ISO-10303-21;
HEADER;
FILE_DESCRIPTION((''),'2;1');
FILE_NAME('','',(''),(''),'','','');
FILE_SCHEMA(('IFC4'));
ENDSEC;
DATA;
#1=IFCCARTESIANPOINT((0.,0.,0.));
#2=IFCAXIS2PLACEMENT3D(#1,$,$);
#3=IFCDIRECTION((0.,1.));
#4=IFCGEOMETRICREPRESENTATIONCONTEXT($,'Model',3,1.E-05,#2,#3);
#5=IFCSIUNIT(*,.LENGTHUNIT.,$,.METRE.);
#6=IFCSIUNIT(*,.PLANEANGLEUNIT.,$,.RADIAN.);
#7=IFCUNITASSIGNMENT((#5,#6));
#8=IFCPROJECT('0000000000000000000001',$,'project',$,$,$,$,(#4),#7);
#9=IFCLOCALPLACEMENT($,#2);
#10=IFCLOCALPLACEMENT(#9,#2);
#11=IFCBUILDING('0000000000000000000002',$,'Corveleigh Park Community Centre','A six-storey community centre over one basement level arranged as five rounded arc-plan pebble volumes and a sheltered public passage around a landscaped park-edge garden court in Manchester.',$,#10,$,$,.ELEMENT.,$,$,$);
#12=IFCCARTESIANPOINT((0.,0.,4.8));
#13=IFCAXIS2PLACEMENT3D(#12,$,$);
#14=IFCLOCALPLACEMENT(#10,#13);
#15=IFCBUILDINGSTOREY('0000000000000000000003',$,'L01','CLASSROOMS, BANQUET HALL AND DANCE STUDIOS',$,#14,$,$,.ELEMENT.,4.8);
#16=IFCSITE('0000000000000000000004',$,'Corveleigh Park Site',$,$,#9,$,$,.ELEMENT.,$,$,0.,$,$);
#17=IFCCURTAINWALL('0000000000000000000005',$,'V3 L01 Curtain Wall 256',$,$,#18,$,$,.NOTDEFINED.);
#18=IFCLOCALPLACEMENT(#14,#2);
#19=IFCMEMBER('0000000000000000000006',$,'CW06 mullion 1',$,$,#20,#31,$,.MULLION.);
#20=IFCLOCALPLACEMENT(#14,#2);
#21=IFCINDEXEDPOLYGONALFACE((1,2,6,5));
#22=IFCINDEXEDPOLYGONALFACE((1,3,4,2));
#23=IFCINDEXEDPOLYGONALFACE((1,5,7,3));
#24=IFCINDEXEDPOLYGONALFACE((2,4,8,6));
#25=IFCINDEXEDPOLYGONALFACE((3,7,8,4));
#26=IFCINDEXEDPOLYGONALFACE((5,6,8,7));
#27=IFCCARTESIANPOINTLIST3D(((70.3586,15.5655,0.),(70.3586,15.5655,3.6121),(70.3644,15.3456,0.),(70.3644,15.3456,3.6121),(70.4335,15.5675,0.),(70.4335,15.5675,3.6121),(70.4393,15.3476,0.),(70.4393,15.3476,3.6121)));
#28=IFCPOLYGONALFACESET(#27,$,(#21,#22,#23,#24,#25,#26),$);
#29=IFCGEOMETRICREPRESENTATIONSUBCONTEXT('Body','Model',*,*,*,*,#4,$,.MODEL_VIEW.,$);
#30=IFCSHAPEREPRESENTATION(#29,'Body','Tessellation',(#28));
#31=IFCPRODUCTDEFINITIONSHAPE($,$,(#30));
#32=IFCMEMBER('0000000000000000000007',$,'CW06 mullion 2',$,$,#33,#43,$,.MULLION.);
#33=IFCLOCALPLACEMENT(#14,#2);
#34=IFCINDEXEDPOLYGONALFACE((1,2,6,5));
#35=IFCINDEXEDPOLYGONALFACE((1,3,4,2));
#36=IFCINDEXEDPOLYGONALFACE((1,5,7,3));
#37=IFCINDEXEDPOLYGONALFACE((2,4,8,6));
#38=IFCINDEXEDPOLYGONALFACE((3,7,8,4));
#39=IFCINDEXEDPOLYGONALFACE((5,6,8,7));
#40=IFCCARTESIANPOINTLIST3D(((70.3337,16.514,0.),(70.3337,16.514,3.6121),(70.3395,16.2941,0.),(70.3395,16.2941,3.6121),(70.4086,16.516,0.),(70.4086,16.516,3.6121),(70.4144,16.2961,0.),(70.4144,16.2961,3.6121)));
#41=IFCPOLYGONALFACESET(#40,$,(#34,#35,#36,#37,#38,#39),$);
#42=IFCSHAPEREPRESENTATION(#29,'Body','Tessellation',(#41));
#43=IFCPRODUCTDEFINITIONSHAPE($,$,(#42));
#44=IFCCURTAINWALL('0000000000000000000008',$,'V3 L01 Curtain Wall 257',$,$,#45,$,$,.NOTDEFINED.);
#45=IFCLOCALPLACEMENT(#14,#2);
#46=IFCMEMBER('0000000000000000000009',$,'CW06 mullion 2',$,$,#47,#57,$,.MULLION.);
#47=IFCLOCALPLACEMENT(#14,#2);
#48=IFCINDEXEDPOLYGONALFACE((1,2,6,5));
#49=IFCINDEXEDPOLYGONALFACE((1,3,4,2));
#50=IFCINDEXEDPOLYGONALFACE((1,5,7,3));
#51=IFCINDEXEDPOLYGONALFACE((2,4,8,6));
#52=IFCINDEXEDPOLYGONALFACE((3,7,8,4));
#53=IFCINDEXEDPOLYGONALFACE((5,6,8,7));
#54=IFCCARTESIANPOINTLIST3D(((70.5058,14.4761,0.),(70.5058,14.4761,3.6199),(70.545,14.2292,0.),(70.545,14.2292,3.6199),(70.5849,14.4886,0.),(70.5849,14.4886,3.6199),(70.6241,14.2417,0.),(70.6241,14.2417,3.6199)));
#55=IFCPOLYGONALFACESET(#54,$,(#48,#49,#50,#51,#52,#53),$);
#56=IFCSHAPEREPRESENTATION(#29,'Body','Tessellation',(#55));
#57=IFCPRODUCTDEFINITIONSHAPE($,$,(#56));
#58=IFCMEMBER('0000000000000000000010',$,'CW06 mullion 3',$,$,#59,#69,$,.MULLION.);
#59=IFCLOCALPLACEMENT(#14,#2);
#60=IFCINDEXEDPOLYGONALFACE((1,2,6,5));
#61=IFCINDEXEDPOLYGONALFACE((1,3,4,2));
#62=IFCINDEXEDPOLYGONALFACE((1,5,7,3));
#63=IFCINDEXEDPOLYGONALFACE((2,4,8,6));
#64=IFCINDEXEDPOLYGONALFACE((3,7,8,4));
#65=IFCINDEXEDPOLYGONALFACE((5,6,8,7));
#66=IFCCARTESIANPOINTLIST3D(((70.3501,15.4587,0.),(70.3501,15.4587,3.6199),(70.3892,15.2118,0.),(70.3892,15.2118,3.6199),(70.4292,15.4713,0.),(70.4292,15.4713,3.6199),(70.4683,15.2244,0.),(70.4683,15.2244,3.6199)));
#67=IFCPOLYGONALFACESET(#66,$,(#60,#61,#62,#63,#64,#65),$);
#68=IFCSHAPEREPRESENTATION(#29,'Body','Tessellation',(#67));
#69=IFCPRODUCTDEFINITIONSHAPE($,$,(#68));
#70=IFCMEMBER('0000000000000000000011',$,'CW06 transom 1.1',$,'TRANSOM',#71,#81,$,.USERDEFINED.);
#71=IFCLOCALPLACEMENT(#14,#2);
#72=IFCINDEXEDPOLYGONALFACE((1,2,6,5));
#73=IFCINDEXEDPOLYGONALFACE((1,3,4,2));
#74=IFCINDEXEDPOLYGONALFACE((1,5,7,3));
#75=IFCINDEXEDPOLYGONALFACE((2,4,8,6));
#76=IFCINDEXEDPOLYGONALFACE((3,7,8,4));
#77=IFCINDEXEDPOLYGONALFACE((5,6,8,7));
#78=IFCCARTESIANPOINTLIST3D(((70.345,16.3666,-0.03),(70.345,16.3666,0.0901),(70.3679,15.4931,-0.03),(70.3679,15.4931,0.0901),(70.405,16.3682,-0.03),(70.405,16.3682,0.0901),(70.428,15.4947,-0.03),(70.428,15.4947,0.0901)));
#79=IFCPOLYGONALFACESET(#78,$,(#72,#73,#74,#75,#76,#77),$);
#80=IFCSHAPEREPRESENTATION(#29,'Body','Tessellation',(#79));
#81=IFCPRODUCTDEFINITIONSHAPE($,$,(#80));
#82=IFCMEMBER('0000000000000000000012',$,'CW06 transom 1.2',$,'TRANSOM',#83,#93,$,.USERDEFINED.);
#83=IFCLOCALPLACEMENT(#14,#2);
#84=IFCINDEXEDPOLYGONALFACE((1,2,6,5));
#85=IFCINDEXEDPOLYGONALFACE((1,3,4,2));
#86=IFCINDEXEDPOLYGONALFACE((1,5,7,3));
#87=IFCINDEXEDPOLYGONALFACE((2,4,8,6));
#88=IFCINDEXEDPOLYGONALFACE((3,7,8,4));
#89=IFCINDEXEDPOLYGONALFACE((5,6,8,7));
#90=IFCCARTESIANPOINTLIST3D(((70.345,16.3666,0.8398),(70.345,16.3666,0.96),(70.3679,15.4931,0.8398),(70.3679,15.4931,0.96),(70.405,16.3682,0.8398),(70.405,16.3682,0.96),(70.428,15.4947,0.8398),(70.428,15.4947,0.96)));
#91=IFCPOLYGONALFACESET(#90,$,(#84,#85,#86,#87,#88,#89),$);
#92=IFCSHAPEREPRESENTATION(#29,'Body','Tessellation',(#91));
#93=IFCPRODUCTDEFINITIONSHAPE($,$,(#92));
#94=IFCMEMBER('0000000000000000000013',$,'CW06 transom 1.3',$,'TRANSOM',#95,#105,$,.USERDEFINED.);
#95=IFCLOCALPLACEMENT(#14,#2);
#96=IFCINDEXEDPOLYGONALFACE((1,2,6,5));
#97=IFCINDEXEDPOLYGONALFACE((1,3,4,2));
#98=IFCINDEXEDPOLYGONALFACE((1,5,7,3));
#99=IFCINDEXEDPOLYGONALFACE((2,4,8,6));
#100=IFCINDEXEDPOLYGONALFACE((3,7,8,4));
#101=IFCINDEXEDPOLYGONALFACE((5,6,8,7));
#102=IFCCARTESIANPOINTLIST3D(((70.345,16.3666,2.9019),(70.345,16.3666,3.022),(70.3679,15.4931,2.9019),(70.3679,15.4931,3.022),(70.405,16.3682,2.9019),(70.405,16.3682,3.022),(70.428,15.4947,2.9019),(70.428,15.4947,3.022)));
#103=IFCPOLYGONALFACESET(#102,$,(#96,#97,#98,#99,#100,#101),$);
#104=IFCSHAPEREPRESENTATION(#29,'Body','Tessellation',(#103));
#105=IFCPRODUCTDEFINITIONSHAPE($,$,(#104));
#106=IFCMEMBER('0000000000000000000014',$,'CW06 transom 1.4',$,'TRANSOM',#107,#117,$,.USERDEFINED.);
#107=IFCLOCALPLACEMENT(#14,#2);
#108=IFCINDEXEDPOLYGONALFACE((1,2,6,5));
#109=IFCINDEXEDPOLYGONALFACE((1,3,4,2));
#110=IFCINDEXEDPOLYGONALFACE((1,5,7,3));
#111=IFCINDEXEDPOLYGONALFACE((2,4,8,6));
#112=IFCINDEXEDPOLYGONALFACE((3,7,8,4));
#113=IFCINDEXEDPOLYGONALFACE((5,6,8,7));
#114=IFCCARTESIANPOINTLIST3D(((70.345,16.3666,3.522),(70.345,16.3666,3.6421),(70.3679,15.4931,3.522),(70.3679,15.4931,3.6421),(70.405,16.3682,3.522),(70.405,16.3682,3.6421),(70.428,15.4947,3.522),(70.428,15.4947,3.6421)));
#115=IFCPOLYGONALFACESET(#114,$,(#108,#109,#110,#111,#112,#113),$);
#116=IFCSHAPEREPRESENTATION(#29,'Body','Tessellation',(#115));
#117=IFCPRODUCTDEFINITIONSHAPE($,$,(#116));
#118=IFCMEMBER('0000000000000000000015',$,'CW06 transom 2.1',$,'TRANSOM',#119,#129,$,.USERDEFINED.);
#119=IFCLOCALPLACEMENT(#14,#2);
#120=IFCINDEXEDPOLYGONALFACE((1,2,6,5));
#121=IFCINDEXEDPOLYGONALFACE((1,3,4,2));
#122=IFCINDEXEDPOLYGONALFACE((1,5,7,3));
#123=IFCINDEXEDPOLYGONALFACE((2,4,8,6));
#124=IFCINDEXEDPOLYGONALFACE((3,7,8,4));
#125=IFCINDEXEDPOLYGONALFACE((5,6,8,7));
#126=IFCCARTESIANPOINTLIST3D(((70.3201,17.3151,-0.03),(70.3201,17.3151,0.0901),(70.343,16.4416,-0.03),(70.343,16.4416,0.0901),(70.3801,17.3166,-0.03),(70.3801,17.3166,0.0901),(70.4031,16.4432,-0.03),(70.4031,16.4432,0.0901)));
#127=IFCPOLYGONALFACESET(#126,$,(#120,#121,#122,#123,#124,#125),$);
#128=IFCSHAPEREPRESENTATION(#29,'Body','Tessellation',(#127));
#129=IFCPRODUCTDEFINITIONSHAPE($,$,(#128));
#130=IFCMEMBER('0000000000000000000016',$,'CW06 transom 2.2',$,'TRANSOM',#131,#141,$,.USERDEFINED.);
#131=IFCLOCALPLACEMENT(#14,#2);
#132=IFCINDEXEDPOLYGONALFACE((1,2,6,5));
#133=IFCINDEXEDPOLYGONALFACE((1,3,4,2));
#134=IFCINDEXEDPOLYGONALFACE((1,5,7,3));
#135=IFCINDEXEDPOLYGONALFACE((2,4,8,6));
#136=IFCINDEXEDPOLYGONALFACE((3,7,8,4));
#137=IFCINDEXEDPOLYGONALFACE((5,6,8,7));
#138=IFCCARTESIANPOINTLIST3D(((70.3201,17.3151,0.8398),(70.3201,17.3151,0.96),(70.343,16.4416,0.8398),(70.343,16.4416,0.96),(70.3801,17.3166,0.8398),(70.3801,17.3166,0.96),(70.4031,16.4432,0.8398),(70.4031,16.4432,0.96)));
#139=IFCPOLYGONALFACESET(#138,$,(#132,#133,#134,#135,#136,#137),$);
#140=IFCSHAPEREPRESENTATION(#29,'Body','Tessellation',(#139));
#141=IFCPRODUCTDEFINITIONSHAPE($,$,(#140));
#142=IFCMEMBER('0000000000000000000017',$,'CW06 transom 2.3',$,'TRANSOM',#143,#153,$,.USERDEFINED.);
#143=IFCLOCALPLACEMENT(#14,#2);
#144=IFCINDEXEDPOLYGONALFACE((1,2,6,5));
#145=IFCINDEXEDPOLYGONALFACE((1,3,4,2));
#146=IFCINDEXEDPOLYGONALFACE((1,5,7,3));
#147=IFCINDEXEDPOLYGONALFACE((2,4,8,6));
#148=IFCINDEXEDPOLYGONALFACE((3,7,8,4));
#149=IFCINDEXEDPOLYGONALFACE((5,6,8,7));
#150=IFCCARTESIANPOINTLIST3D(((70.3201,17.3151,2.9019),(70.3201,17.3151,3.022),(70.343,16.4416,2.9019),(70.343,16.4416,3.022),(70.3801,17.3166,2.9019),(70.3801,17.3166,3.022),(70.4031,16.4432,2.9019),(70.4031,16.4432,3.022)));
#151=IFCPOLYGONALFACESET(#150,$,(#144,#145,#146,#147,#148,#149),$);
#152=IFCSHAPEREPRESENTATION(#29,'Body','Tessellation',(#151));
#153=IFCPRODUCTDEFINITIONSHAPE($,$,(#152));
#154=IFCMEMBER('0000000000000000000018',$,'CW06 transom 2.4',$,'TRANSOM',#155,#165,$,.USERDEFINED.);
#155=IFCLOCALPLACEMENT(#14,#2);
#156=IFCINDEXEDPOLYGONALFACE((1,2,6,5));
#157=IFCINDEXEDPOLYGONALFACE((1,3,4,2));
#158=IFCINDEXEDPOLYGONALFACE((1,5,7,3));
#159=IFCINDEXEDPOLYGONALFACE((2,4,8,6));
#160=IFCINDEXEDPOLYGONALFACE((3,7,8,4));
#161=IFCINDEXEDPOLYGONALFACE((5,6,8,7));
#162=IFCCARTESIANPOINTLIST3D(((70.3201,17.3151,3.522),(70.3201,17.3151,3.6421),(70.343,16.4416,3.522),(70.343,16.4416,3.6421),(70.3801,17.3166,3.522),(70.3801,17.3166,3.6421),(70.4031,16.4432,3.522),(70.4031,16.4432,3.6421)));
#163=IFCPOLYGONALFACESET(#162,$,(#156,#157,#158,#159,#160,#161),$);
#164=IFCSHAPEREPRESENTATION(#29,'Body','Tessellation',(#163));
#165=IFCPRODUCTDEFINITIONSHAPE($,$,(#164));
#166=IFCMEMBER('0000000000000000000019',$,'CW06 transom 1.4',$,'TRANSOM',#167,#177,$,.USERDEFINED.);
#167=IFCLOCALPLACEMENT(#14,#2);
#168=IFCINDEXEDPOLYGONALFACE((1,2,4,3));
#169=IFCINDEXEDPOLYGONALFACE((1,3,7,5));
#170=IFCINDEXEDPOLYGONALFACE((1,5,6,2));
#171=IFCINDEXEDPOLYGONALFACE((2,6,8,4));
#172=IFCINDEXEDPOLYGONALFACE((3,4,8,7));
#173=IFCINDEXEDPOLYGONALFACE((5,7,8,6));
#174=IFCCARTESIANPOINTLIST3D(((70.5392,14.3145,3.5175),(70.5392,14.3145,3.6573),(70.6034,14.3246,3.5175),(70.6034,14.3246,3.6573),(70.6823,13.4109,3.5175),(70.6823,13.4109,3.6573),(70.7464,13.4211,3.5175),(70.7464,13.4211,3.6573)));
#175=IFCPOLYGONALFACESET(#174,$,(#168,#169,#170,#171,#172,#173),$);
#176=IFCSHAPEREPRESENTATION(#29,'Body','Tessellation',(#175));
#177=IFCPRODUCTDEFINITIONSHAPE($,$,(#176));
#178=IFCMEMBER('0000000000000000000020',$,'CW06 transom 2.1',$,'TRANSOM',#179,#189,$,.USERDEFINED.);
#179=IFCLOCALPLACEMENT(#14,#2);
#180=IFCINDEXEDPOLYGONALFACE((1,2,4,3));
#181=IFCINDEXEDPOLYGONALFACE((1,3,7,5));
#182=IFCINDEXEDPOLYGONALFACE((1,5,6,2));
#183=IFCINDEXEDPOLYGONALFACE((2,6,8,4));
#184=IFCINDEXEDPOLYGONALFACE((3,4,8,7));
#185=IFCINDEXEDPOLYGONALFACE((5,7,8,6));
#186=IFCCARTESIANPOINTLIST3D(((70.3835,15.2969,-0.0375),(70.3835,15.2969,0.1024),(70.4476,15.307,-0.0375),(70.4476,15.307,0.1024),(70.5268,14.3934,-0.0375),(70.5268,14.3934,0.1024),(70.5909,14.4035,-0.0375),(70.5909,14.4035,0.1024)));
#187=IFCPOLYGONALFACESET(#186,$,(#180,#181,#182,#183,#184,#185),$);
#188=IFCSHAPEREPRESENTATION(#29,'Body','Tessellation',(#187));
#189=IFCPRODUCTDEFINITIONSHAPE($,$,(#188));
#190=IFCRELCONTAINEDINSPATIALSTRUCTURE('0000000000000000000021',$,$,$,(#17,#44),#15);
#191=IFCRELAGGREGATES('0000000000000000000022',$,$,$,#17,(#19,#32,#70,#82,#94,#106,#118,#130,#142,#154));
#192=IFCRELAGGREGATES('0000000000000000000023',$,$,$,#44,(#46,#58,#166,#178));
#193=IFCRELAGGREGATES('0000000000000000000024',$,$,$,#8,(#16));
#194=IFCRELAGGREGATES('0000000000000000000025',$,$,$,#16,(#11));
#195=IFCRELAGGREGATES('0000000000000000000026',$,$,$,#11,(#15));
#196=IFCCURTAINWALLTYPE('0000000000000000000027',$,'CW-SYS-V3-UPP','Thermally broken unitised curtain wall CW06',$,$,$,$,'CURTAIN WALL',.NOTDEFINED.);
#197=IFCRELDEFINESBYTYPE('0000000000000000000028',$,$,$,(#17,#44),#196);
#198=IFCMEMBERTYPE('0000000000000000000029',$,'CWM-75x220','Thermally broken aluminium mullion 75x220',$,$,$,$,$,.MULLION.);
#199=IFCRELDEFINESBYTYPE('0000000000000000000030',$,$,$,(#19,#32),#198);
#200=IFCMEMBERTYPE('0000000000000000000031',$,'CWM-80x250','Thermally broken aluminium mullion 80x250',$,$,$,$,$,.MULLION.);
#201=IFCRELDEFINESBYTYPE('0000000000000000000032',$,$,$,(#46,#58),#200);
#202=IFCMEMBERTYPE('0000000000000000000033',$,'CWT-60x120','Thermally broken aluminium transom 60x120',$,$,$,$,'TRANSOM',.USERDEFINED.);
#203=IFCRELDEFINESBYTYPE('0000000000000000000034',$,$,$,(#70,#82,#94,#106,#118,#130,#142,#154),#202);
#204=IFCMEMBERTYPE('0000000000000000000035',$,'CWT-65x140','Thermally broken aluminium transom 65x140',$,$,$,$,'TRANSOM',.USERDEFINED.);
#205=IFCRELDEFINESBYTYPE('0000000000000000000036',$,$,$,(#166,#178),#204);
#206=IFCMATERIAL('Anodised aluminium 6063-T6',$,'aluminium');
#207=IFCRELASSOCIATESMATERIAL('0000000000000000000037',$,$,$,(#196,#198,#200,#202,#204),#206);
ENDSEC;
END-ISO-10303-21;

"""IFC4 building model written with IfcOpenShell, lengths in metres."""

from ifc_helpers import new_model, si_unit, direction, frame, origin, origin_2d, place, context, subcontext, project, spatial, rectangle, extrude, material, material_profile, profile_set, type_object, element, aggregate, save


model = new_model("IFC4")

# Units and contexts
model_context = context("Model", 3, precision=1e-05, world=origin(), true_north=direction((0.0, 1.0)))
body_context = subcontext(model_context, "Body", "Model", "MODEL_VIEW")
ifc_project = project(units=[si_unit("LENGTHUNIT", "METRE"), si_unit("PLANEANGLEUNIT", "RADIAN")], contexts=[model_context])

# Site, building, storey
site_placement = place(None, origin())
site = spatial("IfcSite", under=ifc_project, at=site_placement, Name="Corveleigh Park Site", CompositionType="ELEMENT", RefElevation=0.0)
building_placement = place(site_placement, origin())
building = spatial("IfcBuilding", under=site, at=building_placement, Name="Corveleigh Park Community Centre", Description="A six-storey community centre over one basement level arranged as five rounded arc-plan pebble volumes and a sheltered public passage around a landscaped park-edge garden court in Manchester.", CompositionType="ELEMENT")
storey_placement = place(building_placement, frame((0.0, 0.0, 4.8)))
storey = spatial("IfcBuildingStorey", under=building, at=storey_placement, Name="L01", Description="CLASSROOMS, BANQUET HALL AND DANCE STUDIOS", CompositionType="ELEMENT", Elevation=4.8)

# Curtain walls, members
ifc_material_1 = material(Name="Anodised aluminium 6063-T6", Category="aluminium")
curtain_wall_type = type_object("IfcCurtainWallType", Name="CW-SYS-V3-UPP", Description="Thermally broken unitised curtain wall CW06", ElementType="CURTAIN WALL", PredefinedType="NOTDEFINED", material=ifc_material_1)
curtain_wall_1_placement = place(storey_placement, origin())
curtain_wall_1 = element("IfcCurtainWall", 1, at=curtain_wall_1_placement, inside=storey, type_object=curtain_wall_type, Name="V3 L01 Curtain Wall 256", PredefinedType="NOTDEFINED")
ifc_material_profile_1 = material_profile(ifc_material_1, rectangle(XDim=0.075, YDim=0.22, at=origin_2d()), Name="ALU-M75x220", Category="aluminium")
ifc_profile_set_1 = profile_set([ifc_material_profile_1], Name="Anodised aluminium 6063-T6")
member_type_1 = type_object("IfcMemberType", Name="CWM-75x220", Description="Thermally broken aluminium mullion 75x220", PredefinedType="MULLION", material=ifc_profile_set_1)
member_1_placement = place(storey_placement, frame((70.3989, 15.4565, 0.0), z_axis=(0.0, 0.0, 1.0), x_axis=(-0.999653, -0.02636, 0.0)))
member_1 = element("IfcMember", 2, at=member_1_placement, type_object=member_type_1, Name="CW06 mullion 1", PredefinedType="MULLION", context=body_context, shape_type="SweptSolid", body=[
    extrude(rectangle(XDim=0.075, YDim=0.22, at=origin_2d()), origin(), (0.0, 0.0, 1.0), 3.6121),
])
member_2_placement = place(storey_placement, frame((70.374, 16.405, 0.0), z_axis=(0.0, 0.0, 1.0), x_axis=(-0.999653, -0.02636, 0.0)))
member_2 = element("IfcMember", 3, at=member_2_placement, type_object=member_type_1, Name="CW06 mullion 2", PredefinedType="MULLION", context=body_context, shape_type="SweptSolid", body=[
    extrude(rectangle(XDim=0.075, YDim=0.22, at=origin_2d()), origin(), (0.0, 0.0, 1.0), 3.6121),
])
curtain_wall_2_placement = place(storey_placement, origin())
curtain_wall_2 = element("IfcCurtainWall", 4, at=curtain_wall_2_placement, inside=storey, type_object=curtain_wall_type, Name="V3 L01 Curtain Wall 257", PredefinedType="NOTDEFINED")
ifc_material_profile_2 = material_profile(ifc_material_1, rectangle(XDim=0.0801, YDim=0.25, at=origin_2d()), Name="ALU-M80x250", Category="aluminium")
ifc_profile_set_2 = profile_set([ifc_material_profile_2], Name="Anodised aluminium 6063-T6")
member_type_2 = type_object("IfcMemberType", Name="CWM-80x250", Description="Thermally broken aluminium mullion 80x250", PredefinedType="MULLION", material=ifc_profile_set_2)
member_3_placement = place(storey_placement, frame((70.5649, 14.3589, 0.0), z_axis=(0.0, 0.0, 1.0), x_axis=(-0.987669, -0.156558, 0.0)))
member_3 = element("IfcMember", 5, at=member_3_placement, type_object=member_type_2, Name="CW06 mullion 2", PredefinedType="MULLION", context=body_context, shape_type="SweptSolid", body=[
    extrude(rectangle(XDim=0.0801, YDim=0.25, at=origin_2d()), origin(), (0.0, 0.0, 1.0), 3.6199),
])
member_4_placement = place(storey_placement, frame((70.4092, 15.3416, 0.0), z_axis=(0.0, 0.0, 1.0), x_axis=(-0.987669, -0.156558, 0.0)))
member_4 = element("IfcMember", 6, at=member_4_placement, type_object=member_type_2, Name="CW06 mullion 3", PredefinedType="MULLION", context=body_context, shape_type="SweptSolid", body=[
    extrude(rectangle(XDim=0.0801, YDim=0.25, at=origin_2d()), origin(), (0.0, 0.0, 1.0), 3.6199),
])

# Members
ifc_material_profile_3 = material_profile(ifc_material_1, rectangle(XDim=0.0601, YDim=0.1201, at=origin_2d()), Name="ALU-T60x120", Category="aluminium")
ifc_profile_set_3 = profile_set([ifc_material_profile_3], Name="Anodised aluminium 6063-T6")
member_type_3 = type_object("IfcMemberType", Name="CWT-60x120", Description="Thermally broken aluminium transom 60x120", ElementType="TRANSOM", PredefinedType="USERDEFINED", material=ifc_profile_set_3)
member_5_placement = place(storey_placement, frame((70.3979, 15.4939, 0.03), z_axis=(-0.026263, 0.999655, 0.0), x_axis=(-0.999655, -0.026263, 0.0)))
member_5 = element("IfcMember", 7, at=member_5_placement, type_object=member_type_3, Name="CW06 transom 1.1", ObjectType="TRANSOM", PredefinedType="USERDEFINED", context=body_context, shape_type="SweptSolid", body=[
    extrude(rectangle(XDim=0.0601, YDim=0.1201, at=origin_2d()), origin(), (0.0, 0.0, 1.0), 0.8738),
])
member_6_placement = place(storey_placement, frame((70.3979, 15.4939, 0.8999), z_axis=(-0.026263, 0.999655, 0.0), x_axis=(-0.999655, -0.026263, 0.0)))
member_6 = element("IfcMember", 8, at=member_6_placement, type_object=member_type_3, Name="CW06 transom 1.2", ObjectType="TRANSOM", PredefinedType="USERDEFINED", context=body_context, shape_type="SweptSolid", body=[
    extrude(rectangle(XDim=0.0601, YDim=0.1201, at=origin_2d()), origin(), (0.0, 0.0, 1.0), 0.8738),
])
member_7_placement = place(storey_placement, frame((70.3979, 15.4939, 2.9619), z_axis=(-0.026263, 0.999655, 0.0), x_axis=(-0.999655, -0.026263, 0.0)))
member_7 = element("IfcMember", 9, at=member_7_placement, type_object=member_type_3, Name="CW06 transom 1.3", ObjectType="TRANSOM", PredefinedType="USERDEFINED", context=body_context, shape_type="SweptSolid", body=[
    extrude(rectangle(XDim=0.0601, YDim=0.1201, at=origin_2d()), origin(), (0.0, 0.0, 1.0), 0.8738),
])
member_8_placement = place(storey_placement, frame((70.3979, 15.4939, 3.582), z_axis=(-0.026263, 0.999655, 0.0), x_axis=(-0.999655, -0.026263, 0.0)))
member_8 = element("IfcMember", 10, at=member_8_placement, type_object=member_type_3, Name="CW06 transom 1.4", ObjectType="TRANSOM", PredefinedType="USERDEFINED", context=body_context, shape_type="SweptSolid", body=[
    extrude(rectangle(XDim=0.0601, YDim=0.1201, at=origin_2d()), origin(), (0.0, 0.0, 1.0), 0.8738),
])
member_9_placement = place(storey_placement, frame((70.373, 16.4424, 0.03), z_axis=(-0.026263, 0.999655, 0.0), x_axis=(-0.999655, -0.026263, 0.0)))
member_9 = element("IfcMember", 11, at=member_9_placement, type_object=member_type_3, Name="CW06 transom 2.1", ObjectType="TRANSOM", PredefinedType="USERDEFINED", context=body_context, shape_type="SweptSolid", body=[
    extrude(rectangle(XDim=0.0601, YDim=0.1201, at=origin_2d()), origin(), (0.0, 0.0, 1.0), 0.8738),
])
member_10_placement = place(storey_placement, frame((70.373, 16.4424, 0.8999), z_axis=(-0.026263, 0.999655, 0.0), x_axis=(-0.999655, -0.026263, 0.0)))
member_10 = element("IfcMember", 12, at=member_10_placement, type_object=member_type_3, Name="CW06 transom 2.2", ObjectType="TRANSOM", PredefinedType="USERDEFINED", context=body_context, shape_type="SweptSolid", body=[
    extrude(rectangle(XDim=0.0601, YDim=0.1201, at=origin_2d()), origin(), (0.0, 0.0, 1.0), 0.8738),
])
member_11_placement = place(storey_placement, frame((70.373, 16.4424, 2.9619), z_axis=(-0.026263, 0.999655, 0.0), x_axis=(-0.999655, -0.026263, 0.0)))
member_11 = element("IfcMember", 13, at=member_11_placement, type_object=member_type_3, Name="CW06 transom 2.3", ObjectType="TRANSOM", PredefinedType="USERDEFINED", context=body_context, shape_type="SweptSolid", body=[
    extrude(rectangle(XDim=0.0601, YDim=0.1201, at=origin_2d()), origin(), (0.0, 0.0, 1.0), 0.8738),
])
member_12_placement = place(storey_placement, frame((70.373, 16.4424, 3.582), z_axis=(-0.026263, 0.999655, 0.0), x_axis=(-0.999655, -0.026263, 0.0)))
member_12 = element("IfcMember", 14, at=member_12_placement, type_object=member_type_3, Name="CW06 transom 2.4", ObjectType="TRANSOM", PredefinedType="USERDEFINED", context=body_context, shape_type="SweptSolid", body=[
    extrude(rectangle(XDim=0.0601, YDim=0.1201, at=origin_2d()), origin(), (0.0, 0.0, 1.0), 0.8738),
])
ifc_material_profile_4 = material_profile(ifc_material_1, rectangle(XDim=0.0649, YDim=0.1399, at=origin_2d()), Name="ALU-T65x140", Category="aluminium")
ifc_profile_set_4 = profile_set([ifc_material_profile_4], Name="Anodised aluminium 6063-T6")
member_type_4 = type_object("IfcMemberType", Name="CWT-65x140", Description="Thermally broken aluminium transom 65x140", ElementType="TRANSOM", PredefinedType="USERDEFINED", material=ifc_profile_set_4)
member_13_placement = place(storey_placement, frame((70.7144, 13.416, 3.5874), z_axis=(-0.156387, 0.987696, 0.0), x_axis=(-0.987696, -0.156387, 0.0)))
member_13 = element("IfcMember", 15, at=member_13_placement, type_object=member_type_4, Name="CW06 transom 1.4", ObjectType="TRANSOM", PredefinedType="USERDEFINED", context=body_context, shape_type="SweptSolid", body=[
    extrude(rectangle(XDim=0.0649, YDim=0.1399, at=origin_2d()), origin(), (0.0, 0.0, 1.0), 0.9148),
])
member_14_placement = place(storey_placement, frame((70.5588, 14.3984, 0.0325), z_axis=(-0.156648, 0.987655, 0.0), x_axis=(-0.987655, -0.156648, 0.0)))
member_14 = element("IfcMember", 16, at=member_14_placement, type_object=member_type_4, Name="CW06 transom 2.1", ObjectType="TRANSOM", PredefinedType="USERDEFINED", context=body_context, shape_type="SweptSolid", body=[
    extrude(rectangle(XDim=0.0649, YDim=0.1399, at=origin_2d()), origin(), (0.0, 0.0, 1.0), 0.9148),
])

aggregate(curtain_wall_1, [member_1, member_2, member_5, member_6, member_7, member_8, member_9, member_10, member_11, member_12])
aggregate(curtain_wall_2, [member_3, member_4, member_13, member_14])

save(model, "model.ifc")
